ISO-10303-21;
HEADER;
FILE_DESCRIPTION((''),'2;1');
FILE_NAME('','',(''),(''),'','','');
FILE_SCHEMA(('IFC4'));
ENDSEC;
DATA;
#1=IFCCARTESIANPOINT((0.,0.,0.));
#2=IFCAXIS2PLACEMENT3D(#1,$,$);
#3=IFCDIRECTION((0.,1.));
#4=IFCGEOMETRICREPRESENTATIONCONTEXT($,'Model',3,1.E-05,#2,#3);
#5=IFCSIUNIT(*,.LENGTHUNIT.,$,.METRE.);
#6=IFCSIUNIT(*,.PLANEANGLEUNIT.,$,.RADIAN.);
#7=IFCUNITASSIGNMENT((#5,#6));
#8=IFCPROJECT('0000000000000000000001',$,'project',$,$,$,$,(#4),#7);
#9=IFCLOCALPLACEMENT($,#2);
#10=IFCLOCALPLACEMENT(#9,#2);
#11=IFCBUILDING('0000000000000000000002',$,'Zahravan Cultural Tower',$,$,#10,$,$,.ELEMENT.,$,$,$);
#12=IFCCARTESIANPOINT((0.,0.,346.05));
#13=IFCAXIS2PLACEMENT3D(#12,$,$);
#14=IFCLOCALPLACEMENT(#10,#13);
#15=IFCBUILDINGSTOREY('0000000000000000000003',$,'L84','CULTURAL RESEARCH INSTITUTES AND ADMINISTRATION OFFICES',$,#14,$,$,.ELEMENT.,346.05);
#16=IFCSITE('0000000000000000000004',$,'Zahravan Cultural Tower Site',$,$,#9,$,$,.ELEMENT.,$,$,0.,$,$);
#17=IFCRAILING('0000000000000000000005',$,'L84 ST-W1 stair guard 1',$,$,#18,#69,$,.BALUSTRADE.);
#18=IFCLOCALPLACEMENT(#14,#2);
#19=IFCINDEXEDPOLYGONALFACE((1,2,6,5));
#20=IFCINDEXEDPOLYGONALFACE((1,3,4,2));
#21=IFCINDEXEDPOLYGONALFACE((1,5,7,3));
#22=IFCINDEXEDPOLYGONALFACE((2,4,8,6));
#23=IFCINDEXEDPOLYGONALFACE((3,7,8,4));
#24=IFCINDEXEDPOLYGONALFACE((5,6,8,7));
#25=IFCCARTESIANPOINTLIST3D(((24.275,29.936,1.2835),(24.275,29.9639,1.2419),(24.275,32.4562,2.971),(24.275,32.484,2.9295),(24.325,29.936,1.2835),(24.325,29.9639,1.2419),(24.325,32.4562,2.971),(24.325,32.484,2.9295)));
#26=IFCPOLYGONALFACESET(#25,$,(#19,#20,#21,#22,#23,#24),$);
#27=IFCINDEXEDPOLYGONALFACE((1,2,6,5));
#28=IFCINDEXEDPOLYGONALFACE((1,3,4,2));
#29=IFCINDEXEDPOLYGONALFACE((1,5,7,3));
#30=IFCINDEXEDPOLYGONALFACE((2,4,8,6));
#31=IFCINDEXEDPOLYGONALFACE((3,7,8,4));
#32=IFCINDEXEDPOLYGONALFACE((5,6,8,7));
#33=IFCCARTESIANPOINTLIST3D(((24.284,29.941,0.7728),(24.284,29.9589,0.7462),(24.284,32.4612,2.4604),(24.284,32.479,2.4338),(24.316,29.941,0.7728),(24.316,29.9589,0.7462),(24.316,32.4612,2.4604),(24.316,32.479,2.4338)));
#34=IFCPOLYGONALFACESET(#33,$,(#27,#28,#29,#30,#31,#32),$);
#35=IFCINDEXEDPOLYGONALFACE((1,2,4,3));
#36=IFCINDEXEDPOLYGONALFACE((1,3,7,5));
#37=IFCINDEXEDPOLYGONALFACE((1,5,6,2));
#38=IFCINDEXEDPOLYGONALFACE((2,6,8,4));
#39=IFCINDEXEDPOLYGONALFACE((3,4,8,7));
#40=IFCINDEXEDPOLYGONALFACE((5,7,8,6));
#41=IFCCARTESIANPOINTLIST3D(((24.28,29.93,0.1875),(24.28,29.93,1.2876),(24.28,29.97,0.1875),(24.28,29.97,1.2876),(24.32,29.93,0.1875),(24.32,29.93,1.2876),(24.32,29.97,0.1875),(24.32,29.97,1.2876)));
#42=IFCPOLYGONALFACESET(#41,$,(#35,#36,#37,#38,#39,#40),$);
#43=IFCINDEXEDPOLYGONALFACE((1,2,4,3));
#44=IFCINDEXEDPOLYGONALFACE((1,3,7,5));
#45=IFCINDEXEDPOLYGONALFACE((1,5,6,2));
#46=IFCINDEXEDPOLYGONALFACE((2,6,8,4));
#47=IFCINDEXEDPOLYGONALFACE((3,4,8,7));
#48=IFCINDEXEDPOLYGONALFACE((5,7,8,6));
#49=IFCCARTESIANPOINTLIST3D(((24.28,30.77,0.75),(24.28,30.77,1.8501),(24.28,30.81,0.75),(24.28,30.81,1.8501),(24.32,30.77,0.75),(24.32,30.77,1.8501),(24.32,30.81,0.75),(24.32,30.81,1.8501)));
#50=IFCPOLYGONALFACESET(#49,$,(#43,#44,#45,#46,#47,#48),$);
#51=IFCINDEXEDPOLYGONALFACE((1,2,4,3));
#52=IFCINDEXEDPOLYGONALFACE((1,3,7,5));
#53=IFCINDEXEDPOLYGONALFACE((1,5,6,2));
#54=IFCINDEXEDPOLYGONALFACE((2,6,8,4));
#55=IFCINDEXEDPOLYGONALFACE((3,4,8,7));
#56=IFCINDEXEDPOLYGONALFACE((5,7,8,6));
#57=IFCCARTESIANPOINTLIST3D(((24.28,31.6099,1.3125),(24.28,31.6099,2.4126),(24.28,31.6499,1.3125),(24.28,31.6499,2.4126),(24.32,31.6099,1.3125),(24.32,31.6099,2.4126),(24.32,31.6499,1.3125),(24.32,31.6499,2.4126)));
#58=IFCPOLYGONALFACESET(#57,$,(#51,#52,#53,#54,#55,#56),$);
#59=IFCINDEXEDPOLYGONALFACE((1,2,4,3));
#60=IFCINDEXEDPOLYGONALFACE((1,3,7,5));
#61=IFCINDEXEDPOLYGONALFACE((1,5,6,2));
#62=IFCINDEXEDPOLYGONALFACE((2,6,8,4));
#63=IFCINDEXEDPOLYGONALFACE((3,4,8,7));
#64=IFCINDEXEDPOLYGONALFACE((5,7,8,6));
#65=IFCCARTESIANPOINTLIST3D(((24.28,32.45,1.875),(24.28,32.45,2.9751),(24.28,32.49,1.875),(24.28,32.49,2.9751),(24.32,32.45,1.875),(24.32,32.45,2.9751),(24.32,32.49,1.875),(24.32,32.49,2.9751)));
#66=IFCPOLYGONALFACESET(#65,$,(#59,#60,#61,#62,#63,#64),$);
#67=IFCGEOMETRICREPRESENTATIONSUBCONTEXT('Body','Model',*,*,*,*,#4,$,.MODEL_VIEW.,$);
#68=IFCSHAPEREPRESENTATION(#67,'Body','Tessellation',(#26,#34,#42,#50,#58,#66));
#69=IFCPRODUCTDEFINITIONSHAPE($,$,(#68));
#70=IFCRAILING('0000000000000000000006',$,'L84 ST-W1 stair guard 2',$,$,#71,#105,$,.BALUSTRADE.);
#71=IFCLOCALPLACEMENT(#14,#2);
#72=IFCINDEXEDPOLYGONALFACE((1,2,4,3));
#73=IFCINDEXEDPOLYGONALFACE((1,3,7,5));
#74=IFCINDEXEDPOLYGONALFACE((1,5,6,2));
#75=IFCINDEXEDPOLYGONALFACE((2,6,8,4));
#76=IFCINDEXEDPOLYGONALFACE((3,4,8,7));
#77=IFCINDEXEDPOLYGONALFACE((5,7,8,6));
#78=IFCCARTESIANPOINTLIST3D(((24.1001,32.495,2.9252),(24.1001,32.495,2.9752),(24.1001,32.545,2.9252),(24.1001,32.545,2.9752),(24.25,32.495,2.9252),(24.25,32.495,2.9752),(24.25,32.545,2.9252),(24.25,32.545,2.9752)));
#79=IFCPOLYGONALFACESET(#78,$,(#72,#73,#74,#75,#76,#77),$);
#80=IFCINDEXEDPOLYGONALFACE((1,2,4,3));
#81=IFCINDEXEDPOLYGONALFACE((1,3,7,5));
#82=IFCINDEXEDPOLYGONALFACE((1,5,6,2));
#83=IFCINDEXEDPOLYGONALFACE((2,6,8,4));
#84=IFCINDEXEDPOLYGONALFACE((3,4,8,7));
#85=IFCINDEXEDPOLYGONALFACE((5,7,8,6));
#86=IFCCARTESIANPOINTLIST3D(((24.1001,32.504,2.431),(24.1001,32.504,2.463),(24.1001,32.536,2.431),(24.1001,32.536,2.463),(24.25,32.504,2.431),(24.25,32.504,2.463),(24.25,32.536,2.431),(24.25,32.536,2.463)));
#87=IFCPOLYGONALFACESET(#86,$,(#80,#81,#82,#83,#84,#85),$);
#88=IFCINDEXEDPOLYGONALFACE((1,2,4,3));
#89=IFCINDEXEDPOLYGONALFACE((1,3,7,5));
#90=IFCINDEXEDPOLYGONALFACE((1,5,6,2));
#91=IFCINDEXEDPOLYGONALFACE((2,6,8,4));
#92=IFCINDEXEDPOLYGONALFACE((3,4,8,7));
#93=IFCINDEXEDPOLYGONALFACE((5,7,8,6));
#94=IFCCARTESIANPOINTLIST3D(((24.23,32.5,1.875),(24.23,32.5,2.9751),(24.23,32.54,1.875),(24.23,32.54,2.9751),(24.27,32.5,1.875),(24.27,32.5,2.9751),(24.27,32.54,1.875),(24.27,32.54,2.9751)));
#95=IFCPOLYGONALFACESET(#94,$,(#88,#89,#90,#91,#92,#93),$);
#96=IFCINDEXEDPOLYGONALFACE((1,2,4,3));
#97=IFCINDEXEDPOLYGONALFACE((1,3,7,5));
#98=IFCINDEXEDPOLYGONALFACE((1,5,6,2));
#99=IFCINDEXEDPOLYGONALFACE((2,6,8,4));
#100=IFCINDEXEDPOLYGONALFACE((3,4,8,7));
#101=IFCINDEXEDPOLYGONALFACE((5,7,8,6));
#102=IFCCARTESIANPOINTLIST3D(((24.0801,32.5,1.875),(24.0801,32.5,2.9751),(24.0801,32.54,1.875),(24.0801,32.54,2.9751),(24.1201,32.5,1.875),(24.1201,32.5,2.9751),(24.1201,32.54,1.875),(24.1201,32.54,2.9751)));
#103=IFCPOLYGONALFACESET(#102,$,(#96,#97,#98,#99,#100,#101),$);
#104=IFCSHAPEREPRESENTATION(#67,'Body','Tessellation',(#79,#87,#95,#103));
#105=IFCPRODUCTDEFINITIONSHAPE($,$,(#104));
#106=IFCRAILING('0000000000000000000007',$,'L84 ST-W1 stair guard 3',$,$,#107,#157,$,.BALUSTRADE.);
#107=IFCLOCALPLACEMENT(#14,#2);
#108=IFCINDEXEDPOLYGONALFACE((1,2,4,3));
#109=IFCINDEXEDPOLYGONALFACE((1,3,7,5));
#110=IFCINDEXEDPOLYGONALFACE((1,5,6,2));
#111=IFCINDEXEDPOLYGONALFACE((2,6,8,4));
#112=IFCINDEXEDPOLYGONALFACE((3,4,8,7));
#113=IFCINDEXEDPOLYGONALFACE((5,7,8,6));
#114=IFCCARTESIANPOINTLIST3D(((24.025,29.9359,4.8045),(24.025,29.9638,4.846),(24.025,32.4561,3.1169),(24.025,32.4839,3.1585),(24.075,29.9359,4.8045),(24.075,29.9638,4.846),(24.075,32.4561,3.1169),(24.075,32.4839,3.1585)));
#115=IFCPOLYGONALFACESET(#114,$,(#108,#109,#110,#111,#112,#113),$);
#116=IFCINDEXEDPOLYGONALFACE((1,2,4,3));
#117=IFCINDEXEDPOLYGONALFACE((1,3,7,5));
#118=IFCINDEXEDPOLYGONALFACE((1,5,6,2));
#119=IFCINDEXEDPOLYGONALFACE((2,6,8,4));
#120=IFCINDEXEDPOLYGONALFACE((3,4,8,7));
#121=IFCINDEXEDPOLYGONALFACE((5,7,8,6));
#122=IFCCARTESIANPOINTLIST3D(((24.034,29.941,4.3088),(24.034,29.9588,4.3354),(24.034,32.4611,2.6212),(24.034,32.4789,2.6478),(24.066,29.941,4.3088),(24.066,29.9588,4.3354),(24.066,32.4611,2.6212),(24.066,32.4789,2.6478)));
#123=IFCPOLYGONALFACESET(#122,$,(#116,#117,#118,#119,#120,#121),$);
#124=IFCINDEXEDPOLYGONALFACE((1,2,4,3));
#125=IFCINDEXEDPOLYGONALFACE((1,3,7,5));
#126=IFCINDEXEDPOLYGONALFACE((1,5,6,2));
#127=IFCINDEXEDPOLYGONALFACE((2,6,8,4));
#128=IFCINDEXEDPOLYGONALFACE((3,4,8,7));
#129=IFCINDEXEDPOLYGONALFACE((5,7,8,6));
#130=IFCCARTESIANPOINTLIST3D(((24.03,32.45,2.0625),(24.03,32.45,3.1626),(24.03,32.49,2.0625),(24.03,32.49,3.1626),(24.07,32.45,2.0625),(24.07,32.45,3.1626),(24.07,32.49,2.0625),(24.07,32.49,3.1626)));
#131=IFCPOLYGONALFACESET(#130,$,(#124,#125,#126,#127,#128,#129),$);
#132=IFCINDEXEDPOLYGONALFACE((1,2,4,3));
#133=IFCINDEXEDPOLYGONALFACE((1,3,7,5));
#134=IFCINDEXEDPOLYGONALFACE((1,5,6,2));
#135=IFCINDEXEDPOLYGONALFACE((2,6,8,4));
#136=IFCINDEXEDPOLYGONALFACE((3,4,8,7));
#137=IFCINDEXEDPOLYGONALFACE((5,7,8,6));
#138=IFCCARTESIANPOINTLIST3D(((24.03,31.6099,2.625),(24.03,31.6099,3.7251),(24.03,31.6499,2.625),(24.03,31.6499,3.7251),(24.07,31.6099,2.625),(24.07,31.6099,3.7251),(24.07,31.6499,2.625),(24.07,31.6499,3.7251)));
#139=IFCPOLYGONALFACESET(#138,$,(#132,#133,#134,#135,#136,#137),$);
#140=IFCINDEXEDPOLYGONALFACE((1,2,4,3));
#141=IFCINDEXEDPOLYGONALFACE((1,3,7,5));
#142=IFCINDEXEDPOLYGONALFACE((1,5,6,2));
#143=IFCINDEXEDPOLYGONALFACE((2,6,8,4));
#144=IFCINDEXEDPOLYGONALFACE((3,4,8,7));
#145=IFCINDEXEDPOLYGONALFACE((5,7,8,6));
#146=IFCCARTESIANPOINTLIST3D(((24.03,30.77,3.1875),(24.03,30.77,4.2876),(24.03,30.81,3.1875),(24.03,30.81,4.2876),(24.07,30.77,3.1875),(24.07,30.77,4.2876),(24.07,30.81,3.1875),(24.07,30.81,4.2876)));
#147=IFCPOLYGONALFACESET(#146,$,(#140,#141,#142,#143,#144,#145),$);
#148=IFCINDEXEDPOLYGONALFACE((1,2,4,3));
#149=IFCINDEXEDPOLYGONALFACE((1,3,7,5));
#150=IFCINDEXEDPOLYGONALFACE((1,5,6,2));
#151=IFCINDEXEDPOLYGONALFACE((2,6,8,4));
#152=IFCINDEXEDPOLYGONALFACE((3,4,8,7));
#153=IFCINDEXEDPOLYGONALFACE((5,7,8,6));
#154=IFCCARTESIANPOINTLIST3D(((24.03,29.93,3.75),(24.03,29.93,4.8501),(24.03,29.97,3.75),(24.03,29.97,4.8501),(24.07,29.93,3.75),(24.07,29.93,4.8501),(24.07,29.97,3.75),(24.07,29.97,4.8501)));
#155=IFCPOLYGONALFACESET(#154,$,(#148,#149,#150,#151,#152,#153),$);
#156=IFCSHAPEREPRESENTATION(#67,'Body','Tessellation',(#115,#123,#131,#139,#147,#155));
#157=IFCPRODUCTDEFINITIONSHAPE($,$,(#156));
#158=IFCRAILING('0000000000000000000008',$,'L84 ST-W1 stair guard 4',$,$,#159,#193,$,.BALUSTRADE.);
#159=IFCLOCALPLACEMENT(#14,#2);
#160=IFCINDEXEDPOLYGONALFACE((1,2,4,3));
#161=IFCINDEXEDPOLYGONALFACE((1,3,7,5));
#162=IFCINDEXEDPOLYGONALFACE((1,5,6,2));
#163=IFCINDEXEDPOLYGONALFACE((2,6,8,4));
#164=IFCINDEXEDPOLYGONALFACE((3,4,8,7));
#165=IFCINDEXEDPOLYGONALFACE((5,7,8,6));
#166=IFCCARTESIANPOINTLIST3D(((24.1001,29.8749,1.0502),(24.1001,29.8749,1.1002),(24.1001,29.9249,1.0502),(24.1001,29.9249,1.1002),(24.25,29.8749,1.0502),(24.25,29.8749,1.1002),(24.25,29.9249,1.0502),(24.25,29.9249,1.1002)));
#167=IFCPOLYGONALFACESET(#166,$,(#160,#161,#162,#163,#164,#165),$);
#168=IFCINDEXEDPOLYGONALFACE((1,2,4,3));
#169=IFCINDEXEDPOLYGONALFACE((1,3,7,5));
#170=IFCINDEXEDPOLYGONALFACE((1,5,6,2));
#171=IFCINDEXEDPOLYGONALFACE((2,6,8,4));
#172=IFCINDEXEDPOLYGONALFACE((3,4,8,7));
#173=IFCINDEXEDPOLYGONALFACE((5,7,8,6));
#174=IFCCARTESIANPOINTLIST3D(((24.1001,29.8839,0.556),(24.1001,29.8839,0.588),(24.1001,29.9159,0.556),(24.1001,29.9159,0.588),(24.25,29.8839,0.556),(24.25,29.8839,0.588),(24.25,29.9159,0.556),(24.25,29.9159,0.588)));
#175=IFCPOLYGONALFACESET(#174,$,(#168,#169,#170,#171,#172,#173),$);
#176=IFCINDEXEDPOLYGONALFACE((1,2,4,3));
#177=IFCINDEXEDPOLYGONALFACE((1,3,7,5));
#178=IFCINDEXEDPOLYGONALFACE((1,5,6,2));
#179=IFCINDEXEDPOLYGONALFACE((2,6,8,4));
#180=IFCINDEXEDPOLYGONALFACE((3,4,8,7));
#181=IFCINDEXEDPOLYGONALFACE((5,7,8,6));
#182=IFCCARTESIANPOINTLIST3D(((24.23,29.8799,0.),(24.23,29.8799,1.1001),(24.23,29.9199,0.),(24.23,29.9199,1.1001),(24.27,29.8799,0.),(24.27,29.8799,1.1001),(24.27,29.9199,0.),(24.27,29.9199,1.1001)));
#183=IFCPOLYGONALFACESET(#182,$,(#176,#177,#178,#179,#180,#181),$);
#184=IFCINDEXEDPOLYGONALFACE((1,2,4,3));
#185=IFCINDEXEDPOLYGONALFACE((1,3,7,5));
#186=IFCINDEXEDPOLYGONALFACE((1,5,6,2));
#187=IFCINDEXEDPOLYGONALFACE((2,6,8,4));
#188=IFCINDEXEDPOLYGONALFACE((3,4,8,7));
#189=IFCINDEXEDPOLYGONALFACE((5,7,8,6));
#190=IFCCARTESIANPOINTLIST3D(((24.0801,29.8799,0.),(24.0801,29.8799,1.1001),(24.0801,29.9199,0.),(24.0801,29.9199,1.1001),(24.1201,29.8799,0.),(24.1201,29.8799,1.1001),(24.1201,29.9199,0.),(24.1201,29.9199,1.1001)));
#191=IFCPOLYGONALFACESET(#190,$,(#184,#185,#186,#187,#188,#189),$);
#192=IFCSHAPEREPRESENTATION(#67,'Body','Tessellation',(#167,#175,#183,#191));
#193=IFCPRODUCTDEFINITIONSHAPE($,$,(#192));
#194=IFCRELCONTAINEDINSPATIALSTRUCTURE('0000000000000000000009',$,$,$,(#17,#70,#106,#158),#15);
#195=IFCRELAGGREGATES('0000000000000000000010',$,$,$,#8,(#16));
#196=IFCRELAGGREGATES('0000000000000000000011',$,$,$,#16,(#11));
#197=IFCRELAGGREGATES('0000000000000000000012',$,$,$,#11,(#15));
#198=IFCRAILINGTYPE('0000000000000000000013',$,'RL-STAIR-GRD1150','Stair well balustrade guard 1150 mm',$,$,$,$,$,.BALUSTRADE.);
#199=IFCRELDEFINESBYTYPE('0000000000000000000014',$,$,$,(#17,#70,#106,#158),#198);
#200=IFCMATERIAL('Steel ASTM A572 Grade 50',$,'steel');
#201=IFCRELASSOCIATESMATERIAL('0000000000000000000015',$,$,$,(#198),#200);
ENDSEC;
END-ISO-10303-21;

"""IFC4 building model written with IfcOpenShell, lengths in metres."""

from ifc_helpers import new_model, si_unit, direction, frame, origin, origin_2d, place, context, subcontext, project, spatial, rectangle, extrude, material, type_object, element, save


model = new_model("IFC4")

# Units and contexts
model_context = context("Model", 3, precision=1e-05, world=origin(), true_north=direction((0.0, 1.0)))
body_context = subcontext(model_context, "Body", "Model", "MODEL_VIEW")
ifc_project = project(units=[si_unit("LENGTHUNIT", "METRE"), si_unit("PLANEANGLEUNIT", "RADIAN")], contexts=[model_context])

# Site, building, storey
site_placement = place(None, origin())
site = spatial("IfcSite", under=ifc_project, at=site_placement, Name="Zahravan Cultural Tower Site", CompositionType="ELEMENT", RefElevation=0.0)
building_placement = place(site_placement, origin())
building = spatial("IfcBuilding", under=site, at=building_placement, Name="Zahravan Cultural Tower", CompositionType="ELEMENT")
storey_placement = place(building_placement, frame((0.0, 0.0, 346.05)))
storey = spatial("IfcBuildingStorey", under=building, at=storey_placement, Name="L84", Description="CULTURAL RESEARCH INSTITUTES AND ADMINISTRATION OFFICES", CompositionType="ELEMENT", Elevation=346.05)

# Railings
ifc_material_1 = material(Name="Steel ASTM A572 Grade 50", Category="steel")
railing_type_1 = type_object("IfcRailingType", Name="RL-STAIR-GRD1150", Description="Stair well balustrade guard 1150 mm", PredefinedType="BALUSTRADE", material=ifc_material_1)
railing_1_placement = place(storey_placement, frame((24.3, 29.95, 0.1875)))
element("IfcRailing", 1, at=railing_1_placement, inside=storey, type_object=railing_type_1, Name="L84 ST-W1 stair guard 1", PredefinedType="BALUSTRADE", context=body_context, shape_type="SweptSolid", body=[
    extrude(rectangle(XDim=0.05, YDim=0.05, at=origin_2d()), frame((0.0, 0.0, 1.0752), z_axis=(0.0, 0.830909, 0.556408), x_axis=(-1.0, 0.0, 0.0)), (0.0, 0.0, 1.0), 3.033),
    extrude(rectangle(XDim=0.032, YDim=0.032, at=origin_2d()), frame((0.0, 0.0, 0.572), z_axis=(0.0, 0.830909, 0.556408), x_axis=(-1.0, 0.0, 0.0)), (0.0, 0.0, 1.0), 3.033),
    extrude(rectangle(XDim=0.04, YDim=0.04, at=origin_2d()), origin(), (0.0, 0.0, 1.0), 1.1001),
    extrude(rectangle(XDim=0.04, YDim=0.04, at=origin_2d()), frame((0.0, 0.8401, 0.5625)), (0.0, 0.0, 1.0), 1.1001),
    extrude(rectangle(XDim=0.04, YDim=0.04, at=origin_2d()), frame((0.0, 1.6799, 1.125)), (0.0, 0.0, 1.0), 1.1001),
    extrude(rectangle(XDim=0.04, YDim=0.04, at=origin_2d()), frame((0.0, 2.52, 1.6875)), (0.0, 0.0, 1.0), 1.1001),
])
railing_2_placement = place(storey_placement, frame((24.25, 32.52, 1.875)))
element("IfcRailing", 2, at=railing_2_placement, inside=storey, type_object=railing_type_1, Name="L84 ST-W1 stair guard 2", PredefinedType="BALUSTRADE", context=body_context, shape_type="SweptSolid", body=[
    extrude(rectangle(XDim=0.05, YDim=0.05, at=origin_2d()), frame((0.0, 0.0, 1.0752), z_axis=(-1.0, 0.0, 0.0), x_axis=(0.0, -1.0, 0.0)), (0.0, 0.0, 1.0), 0.1499),
    extrude(rectangle(XDim=0.032, YDim=0.032, at=origin_2d()), frame((0.0, 0.0, 0.572), z_axis=(-1.0, 0.0, 0.0), x_axis=(0.0, -1.0, 0.0)), (0.0, 0.0, 1.0), 0.1499),
    extrude(rectangle(XDim=0.04, YDim=0.04, at=origin_2d()), origin(), (0.0, 0.0, 1.0), 1.1001),
    extrude(rectangle(XDim=0.04, YDim=0.04, at=origin_2d()), frame((-0.1499, 0.0, 0.0)), (0.0, 0.0, 1.0), 1.1001),
])
railing_3_placement = place(storey_placement, frame((24.05, 32.47, 2.0625)))
element("IfcRailing", 3, at=railing_3_placement, inside=storey, type_object=railing_type_1, Name="L84 ST-W1 stair guard 3", PredefinedType="BALUSTRADE", context=body_context, shape_type="SweptSolid", body=[
    extrude(rectangle(XDim=0.05, YDim=0.05, at=origin_2d()), frame((0.0, 0.0, 1.0752), z_axis=(0.0, -0.830909, 0.556408), x_axis=(1.0, 0.0, 0.0)), (0.0, 0.0, 1.0), 3.033),
    extrude(rectangle(XDim=0.032, YDim=0.032, at=origin_2d()), frame((0.0, 0.0, 0.572), z_axis=(0.0, -0.830909, 0.556408), x_axis=(1.0, 0.0, 0.0)), (0.0, 0.0, 1.0), 3.033),
    extrude(rectangle(XDim=0.04, YDim=0.04, at=origin_2d()), origin(), (0.0, 0.0, 1.0), 1.1001),
    extrude(rectangle(XDim=0.04, YDim=0.04, at=origin_2d()), frame((0.0, -0.8401, 0.5625)), (0.0, 0.0, 1.0), 1.1001),
    extrude(rectangle(XDim=0.04, YDim=0.04, at=origin_2d()), frame((0.0, -1.6799, 1.125)), (0.0, 0.0, 1.0), 1.1001),
    extrude(rectangle(XDim=0.04, YDim=0.04, at=origin_2d()), frame((0.0, -2.52, 1.6875)), (0.0, 0.0, 1.0), 1.1001),
])
railing_4_placement = place(storey_placement, frame((24.25, 29.8999, 0.0)))
element("IfcRailing", 4, at=railing_4_placement, inside=storey, type_object=railing_type_1, Name="L84 ST-W1 stair guard 4", PredefinedType="BALUSTRADE", context=body_context, shape_type="SweptSolid", body=[
    extrude(rectangle(XDim=0.05, YDim=0.05, at=origin_2d()), frame((0.0, 0.0, 1.0752), z_axis=(-1.0, 0.0, 0.0), x_axis=(0.0, -1.0, 0.0)), (0.0, 0.0, 1.0), 0.1499),
    extrude(rectangle(XDim=0.032, YDim=0.032, at=origin_2d()), frame((0.0, 0.0, 0.572), z_axis=(-1.0, 0.0, 0.0), x_axis=(0.0, -1.0, 0.0)), (0.0, 0.0, 1.0), 0.1499),
    extrude(rectangle(XDim=0.04, YDim=0.04, at=origin_2d()), origin(), (0.0, 0.0, 1.0), 1.1001),
    extrude(rectangle(XDim=0.04, YDim=0.04, at=origin_2d()), frame((-0.1499, 0.0, 0.0)), (0.0, 0.0, 1.0), 1.1001),
])

save(model, "model.ifc")
